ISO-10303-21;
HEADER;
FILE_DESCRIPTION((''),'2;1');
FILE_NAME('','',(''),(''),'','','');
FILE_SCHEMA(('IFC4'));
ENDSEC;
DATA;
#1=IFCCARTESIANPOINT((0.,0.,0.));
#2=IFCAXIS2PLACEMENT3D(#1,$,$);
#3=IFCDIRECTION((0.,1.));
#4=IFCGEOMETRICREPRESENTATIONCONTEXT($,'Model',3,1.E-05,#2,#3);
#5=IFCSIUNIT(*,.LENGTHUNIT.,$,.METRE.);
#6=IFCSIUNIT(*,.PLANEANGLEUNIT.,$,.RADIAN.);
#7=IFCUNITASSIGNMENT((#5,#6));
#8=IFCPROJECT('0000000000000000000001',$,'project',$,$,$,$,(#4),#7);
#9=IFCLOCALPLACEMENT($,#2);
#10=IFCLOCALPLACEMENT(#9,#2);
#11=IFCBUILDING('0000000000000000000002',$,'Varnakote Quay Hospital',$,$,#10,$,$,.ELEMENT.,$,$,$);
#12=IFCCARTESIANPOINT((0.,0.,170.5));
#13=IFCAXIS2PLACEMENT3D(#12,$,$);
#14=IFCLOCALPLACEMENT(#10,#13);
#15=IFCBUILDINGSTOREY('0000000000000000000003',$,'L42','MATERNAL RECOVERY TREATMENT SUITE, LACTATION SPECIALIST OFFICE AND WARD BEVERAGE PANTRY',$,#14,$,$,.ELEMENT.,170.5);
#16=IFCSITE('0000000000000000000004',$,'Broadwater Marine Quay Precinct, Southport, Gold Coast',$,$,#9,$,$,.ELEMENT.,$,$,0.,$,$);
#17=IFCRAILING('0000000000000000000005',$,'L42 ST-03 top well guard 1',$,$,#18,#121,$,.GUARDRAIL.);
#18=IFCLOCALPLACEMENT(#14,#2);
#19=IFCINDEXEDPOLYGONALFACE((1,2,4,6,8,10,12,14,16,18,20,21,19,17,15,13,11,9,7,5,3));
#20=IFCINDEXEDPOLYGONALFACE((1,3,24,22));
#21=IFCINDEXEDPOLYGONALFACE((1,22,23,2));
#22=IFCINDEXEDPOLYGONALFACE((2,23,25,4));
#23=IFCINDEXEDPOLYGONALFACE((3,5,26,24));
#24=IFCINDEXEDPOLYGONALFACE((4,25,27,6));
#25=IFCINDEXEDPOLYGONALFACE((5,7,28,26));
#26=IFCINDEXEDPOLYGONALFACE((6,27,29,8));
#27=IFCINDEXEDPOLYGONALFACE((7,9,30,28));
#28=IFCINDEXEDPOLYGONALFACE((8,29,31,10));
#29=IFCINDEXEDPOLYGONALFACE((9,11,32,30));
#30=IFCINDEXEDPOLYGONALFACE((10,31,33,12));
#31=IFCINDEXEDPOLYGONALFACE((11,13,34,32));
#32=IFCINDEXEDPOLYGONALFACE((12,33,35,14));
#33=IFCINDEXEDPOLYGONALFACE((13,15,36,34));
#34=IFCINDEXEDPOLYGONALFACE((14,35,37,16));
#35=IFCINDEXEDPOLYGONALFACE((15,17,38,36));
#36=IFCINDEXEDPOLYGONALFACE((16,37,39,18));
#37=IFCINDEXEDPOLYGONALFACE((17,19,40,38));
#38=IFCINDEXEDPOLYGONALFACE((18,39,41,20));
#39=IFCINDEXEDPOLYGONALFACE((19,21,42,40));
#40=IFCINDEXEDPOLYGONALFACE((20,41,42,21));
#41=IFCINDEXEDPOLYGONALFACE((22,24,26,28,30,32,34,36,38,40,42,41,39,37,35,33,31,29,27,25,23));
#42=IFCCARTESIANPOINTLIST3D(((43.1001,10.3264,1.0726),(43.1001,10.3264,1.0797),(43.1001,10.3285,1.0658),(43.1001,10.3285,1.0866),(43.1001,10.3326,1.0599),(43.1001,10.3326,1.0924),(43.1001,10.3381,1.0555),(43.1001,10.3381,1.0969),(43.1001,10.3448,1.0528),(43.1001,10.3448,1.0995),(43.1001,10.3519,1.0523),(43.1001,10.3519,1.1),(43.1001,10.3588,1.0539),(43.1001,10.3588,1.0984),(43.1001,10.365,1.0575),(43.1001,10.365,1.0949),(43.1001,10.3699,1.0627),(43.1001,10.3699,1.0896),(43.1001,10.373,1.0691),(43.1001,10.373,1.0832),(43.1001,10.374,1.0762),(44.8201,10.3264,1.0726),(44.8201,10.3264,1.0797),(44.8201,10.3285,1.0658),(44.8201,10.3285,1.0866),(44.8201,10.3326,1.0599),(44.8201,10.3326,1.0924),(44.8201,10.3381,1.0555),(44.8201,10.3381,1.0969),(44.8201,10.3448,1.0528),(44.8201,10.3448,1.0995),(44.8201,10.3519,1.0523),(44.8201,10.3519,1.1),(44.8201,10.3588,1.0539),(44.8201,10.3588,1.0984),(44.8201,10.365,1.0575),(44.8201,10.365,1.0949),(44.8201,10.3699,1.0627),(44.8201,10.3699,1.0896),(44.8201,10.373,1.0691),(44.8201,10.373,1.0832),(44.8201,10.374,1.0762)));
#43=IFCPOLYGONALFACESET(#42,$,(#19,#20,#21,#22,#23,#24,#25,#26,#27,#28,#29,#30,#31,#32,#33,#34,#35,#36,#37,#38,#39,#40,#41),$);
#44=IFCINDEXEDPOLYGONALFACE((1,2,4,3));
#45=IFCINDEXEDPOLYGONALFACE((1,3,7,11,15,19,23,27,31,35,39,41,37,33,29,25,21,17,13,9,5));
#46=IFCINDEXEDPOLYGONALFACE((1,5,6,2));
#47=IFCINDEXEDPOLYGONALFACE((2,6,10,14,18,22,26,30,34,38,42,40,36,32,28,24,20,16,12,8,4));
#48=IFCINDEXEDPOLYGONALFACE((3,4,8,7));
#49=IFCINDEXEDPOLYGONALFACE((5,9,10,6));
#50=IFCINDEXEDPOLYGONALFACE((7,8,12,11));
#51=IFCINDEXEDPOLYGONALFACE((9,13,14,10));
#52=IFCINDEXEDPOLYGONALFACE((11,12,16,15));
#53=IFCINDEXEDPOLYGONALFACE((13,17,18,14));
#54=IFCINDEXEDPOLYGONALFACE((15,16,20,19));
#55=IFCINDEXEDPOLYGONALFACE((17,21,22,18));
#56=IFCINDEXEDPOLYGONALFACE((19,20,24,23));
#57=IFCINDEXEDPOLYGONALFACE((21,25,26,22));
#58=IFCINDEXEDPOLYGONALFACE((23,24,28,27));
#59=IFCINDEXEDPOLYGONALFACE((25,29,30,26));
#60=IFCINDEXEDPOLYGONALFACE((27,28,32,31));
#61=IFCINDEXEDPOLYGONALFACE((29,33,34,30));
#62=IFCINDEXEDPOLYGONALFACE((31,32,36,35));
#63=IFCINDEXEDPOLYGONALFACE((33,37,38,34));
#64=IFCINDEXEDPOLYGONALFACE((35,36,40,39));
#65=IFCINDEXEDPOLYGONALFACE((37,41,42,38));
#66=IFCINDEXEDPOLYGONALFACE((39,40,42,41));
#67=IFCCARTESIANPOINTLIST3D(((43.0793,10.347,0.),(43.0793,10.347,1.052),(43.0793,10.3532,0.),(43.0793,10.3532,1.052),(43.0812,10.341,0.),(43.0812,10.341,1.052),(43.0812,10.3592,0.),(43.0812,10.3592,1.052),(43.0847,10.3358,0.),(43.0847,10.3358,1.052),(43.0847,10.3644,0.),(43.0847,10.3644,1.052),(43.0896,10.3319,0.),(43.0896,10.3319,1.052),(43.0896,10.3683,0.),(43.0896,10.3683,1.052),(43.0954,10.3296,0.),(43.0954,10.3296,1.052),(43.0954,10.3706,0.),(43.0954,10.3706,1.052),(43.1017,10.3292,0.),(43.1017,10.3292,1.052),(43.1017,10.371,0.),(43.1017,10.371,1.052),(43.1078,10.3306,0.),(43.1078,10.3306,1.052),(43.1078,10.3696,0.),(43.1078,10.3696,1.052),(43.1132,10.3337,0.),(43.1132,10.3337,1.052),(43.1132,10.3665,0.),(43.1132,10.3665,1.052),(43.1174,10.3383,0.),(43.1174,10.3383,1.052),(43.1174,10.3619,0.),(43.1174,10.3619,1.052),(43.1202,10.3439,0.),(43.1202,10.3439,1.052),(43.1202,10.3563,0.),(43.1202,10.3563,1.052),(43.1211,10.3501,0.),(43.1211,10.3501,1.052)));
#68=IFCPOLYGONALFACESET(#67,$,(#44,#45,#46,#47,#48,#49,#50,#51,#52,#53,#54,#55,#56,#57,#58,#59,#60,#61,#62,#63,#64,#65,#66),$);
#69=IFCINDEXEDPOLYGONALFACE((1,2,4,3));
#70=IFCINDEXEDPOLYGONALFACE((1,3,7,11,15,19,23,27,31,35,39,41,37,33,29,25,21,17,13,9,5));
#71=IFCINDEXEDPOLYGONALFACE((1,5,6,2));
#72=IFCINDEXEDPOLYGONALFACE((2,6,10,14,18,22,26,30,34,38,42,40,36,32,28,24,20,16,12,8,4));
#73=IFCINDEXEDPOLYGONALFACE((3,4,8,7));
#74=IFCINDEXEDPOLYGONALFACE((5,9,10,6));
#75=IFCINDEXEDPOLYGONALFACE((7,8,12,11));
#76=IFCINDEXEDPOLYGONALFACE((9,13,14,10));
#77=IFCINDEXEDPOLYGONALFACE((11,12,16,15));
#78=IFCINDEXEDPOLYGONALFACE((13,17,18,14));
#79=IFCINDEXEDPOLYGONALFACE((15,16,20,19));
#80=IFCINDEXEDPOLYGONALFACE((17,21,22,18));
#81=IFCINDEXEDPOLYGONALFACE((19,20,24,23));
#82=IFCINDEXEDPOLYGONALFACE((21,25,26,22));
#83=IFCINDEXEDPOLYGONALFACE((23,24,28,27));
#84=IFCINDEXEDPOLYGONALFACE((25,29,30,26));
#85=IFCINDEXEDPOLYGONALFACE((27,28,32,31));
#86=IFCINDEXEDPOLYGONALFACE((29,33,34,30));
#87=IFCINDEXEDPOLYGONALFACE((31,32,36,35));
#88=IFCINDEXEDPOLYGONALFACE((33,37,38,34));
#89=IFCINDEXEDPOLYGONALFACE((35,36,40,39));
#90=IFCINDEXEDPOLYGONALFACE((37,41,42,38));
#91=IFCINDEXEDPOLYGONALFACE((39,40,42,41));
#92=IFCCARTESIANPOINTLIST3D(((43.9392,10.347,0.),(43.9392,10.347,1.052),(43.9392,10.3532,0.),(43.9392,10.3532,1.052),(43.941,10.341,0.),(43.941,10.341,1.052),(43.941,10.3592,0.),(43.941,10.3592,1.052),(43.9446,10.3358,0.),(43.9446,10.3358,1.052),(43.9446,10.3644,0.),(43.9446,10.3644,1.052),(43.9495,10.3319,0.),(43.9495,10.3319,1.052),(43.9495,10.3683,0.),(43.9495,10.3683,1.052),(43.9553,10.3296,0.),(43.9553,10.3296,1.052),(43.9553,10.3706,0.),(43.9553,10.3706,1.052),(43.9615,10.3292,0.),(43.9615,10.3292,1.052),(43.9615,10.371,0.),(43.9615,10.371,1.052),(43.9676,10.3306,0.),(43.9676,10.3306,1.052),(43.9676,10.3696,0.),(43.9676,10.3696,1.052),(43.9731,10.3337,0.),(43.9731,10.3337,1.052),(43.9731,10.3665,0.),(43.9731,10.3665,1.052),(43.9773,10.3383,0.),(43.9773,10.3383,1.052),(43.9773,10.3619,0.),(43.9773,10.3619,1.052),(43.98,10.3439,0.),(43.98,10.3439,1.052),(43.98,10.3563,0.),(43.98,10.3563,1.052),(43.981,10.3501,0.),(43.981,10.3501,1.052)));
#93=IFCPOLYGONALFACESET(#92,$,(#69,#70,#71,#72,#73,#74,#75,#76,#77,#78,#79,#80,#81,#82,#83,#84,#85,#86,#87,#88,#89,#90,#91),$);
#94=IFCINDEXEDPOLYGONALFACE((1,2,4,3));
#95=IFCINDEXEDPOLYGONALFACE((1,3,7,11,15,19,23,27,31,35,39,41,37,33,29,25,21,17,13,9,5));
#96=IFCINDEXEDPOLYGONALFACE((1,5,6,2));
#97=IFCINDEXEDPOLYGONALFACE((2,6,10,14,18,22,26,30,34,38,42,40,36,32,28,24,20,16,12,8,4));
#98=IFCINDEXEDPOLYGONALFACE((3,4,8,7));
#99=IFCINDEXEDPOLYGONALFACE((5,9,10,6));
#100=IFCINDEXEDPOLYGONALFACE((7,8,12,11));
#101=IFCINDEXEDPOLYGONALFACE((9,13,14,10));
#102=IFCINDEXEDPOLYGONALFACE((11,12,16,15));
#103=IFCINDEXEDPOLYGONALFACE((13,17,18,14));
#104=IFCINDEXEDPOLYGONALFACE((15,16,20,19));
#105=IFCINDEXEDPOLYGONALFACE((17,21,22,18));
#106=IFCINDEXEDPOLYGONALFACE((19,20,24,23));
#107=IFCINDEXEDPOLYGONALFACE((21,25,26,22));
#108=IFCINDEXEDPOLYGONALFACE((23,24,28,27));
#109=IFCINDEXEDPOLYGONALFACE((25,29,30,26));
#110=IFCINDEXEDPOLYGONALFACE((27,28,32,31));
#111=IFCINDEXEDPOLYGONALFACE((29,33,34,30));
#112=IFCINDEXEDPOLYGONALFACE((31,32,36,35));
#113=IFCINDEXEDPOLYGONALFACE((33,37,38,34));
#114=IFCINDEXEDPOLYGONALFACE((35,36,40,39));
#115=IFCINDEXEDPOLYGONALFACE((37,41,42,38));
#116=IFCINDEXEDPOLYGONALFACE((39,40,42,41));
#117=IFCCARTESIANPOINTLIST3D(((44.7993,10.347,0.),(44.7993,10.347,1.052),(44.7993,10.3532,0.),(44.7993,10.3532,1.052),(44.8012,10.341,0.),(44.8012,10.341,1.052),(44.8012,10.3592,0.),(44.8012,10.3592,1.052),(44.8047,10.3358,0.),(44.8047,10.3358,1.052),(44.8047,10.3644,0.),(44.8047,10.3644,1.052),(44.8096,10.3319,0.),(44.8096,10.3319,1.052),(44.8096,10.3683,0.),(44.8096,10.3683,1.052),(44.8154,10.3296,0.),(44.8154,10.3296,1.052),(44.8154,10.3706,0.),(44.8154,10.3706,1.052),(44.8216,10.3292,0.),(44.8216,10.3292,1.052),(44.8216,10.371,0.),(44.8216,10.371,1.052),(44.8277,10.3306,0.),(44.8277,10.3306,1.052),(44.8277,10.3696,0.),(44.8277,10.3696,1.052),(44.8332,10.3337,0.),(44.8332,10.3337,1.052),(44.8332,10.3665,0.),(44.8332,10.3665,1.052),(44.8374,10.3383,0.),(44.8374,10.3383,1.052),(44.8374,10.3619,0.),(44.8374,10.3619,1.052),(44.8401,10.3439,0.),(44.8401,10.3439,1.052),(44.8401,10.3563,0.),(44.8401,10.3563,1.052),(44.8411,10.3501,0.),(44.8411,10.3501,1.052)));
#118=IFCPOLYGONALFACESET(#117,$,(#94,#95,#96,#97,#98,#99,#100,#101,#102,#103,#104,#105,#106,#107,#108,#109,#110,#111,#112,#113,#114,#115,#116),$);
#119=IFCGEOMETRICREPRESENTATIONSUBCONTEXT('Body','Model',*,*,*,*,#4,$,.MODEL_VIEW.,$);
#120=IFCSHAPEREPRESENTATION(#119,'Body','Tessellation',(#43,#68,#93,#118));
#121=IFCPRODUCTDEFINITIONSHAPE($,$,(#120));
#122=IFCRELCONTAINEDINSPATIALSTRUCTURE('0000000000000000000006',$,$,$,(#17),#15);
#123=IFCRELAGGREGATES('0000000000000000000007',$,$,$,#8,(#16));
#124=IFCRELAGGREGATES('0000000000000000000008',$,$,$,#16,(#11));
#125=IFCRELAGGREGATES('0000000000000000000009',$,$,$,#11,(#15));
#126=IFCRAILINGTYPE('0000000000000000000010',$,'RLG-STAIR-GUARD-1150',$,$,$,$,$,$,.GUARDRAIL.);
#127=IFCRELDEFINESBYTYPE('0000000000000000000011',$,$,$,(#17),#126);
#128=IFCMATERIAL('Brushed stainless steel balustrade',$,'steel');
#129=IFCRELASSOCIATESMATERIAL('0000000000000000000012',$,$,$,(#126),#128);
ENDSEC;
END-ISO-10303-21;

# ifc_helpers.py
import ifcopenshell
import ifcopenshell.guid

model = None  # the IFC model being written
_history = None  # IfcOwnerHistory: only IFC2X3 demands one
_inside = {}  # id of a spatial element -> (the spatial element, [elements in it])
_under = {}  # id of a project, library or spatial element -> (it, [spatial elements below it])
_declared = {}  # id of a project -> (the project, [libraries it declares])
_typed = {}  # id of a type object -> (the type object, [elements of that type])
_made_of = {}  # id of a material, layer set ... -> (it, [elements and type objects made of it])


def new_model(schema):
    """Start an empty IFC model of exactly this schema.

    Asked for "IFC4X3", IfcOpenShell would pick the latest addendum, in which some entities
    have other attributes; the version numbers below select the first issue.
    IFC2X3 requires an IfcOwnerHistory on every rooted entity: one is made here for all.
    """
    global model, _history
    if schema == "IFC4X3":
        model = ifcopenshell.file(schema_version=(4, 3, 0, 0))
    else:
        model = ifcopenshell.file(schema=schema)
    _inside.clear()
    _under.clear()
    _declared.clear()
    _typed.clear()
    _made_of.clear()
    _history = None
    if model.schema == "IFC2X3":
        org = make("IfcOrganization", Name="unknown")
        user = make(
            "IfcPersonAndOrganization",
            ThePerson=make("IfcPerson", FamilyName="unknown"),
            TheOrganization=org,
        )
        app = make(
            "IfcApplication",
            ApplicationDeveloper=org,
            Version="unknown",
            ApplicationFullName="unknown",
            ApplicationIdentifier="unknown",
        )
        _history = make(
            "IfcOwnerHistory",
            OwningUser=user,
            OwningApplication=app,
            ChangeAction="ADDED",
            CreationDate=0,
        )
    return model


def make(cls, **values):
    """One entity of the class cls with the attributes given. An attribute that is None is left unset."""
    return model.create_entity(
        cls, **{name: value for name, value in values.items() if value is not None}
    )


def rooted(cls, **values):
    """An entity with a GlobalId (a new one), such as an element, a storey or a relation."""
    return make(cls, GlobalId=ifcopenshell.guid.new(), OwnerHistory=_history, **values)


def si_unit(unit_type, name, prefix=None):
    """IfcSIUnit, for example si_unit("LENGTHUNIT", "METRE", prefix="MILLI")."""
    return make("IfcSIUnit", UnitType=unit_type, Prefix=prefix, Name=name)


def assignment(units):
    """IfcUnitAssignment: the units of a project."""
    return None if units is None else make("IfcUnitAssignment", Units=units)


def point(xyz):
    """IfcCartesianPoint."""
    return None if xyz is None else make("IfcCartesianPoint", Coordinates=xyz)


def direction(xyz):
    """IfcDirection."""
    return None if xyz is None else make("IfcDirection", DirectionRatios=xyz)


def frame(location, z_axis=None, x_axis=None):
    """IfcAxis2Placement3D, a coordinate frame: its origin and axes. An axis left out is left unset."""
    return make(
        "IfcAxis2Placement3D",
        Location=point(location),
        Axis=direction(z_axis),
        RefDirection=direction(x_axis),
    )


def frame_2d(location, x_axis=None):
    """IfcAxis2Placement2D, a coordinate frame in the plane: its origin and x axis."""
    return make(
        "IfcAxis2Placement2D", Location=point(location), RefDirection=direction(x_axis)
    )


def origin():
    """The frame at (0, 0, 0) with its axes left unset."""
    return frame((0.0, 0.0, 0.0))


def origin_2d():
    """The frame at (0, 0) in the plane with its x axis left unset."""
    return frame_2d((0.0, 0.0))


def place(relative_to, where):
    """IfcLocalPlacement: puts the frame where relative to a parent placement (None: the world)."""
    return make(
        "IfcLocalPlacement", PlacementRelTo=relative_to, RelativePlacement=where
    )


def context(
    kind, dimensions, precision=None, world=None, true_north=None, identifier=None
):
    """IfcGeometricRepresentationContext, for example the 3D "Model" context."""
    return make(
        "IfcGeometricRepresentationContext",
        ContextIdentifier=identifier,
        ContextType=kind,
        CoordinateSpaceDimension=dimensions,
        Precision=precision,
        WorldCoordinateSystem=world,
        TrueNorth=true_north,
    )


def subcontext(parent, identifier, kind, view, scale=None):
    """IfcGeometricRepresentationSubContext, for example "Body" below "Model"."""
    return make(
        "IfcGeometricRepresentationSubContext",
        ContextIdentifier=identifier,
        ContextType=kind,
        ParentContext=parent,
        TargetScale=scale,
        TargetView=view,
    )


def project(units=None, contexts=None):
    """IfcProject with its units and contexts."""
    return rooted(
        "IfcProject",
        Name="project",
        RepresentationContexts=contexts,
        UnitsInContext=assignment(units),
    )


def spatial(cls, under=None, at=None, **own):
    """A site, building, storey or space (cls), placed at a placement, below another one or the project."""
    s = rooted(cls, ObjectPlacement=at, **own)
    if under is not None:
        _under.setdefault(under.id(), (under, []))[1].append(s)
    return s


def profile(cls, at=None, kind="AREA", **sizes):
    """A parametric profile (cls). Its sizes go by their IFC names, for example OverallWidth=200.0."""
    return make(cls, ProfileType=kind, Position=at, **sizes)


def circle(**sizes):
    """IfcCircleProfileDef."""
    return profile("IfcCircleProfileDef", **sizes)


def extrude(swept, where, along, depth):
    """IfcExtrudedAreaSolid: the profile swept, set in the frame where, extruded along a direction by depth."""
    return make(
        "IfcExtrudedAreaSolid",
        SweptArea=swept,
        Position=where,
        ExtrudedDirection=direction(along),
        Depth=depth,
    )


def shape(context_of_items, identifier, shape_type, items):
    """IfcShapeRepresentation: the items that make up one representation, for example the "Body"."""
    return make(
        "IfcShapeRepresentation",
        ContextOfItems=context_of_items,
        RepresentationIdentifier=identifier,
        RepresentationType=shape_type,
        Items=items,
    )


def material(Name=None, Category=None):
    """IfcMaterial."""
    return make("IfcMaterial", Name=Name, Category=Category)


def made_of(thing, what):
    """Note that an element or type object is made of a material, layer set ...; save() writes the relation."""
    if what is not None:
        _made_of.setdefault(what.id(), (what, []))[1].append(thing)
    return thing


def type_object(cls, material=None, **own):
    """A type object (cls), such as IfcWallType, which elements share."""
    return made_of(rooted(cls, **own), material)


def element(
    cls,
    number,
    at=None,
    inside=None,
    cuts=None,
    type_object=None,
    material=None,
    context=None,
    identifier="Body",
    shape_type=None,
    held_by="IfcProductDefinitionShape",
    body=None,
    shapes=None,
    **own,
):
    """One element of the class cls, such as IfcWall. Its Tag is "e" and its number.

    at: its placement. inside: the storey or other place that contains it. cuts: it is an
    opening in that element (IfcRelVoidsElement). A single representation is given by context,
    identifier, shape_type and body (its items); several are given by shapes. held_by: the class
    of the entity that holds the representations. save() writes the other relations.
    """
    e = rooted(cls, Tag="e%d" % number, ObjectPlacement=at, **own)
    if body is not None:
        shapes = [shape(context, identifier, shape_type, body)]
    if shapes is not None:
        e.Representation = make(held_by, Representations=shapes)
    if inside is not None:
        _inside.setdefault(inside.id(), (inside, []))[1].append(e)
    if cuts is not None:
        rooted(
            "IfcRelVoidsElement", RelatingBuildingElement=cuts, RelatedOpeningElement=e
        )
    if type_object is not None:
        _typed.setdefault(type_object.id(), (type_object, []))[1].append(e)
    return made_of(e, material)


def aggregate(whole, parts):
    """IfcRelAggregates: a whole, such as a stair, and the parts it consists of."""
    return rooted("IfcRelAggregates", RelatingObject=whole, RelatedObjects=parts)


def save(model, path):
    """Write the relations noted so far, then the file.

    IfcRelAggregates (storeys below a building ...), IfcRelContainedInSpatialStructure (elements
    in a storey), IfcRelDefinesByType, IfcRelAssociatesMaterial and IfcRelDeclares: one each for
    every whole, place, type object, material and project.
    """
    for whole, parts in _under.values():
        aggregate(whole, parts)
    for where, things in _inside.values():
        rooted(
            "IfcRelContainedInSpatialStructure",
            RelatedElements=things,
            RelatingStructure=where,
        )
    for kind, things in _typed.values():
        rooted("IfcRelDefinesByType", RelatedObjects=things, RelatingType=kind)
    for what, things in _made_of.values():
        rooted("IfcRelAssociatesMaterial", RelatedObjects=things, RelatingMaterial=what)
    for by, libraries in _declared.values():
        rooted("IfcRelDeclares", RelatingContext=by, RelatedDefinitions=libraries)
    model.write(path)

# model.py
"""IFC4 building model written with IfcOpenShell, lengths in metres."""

from ifc_helpers import new_model, si_unit, direction, frame, origin, origin_2d, place, context, subcontext, project, spatial, circle, extrude, material, type_object, element, save


model = new_model("IFC4")

# Units and contexts
model_context = context("Model", 3, precision=1e-05, world=origin(), true_north=direction((0.0, 1.0)))
body_context = subcontext(model_context, "Body", "Model", "MODEL_VIEW")
ifc_project = project(units=[si_unit("LENGTHUNIT", "METRE"), si_unit("PLANEANGLEUNIT", "RADIAN")], contexts=[model_context])

# Site, building, storey
site_placement = place(None, origin())
site = spatial("IfcSite", under=ifc_project, at=site_placement, Name="Broadwater Marine Quay Precinct, Southport, Gold Coast", CompositionType="ELEMENT", RefElevation=0.0)
building_placement = place(site_placement, origin())
building = spatial("IfcBuilding", under=site, at=building_placement, Name="Varnakote Quay Hospital", CompositionType="ELEMENT")
storey_placement = place(building_placement, frame((0.0, 0.0, 170.5)))
storey = spatial("IfcBuildingStorey", under=building, at=storey_placement, Name="L42", Description="MATERNAL RECOVERY TREATMENT SUITE, LACTATION SPECIALIST OFFICE AND WARD BEVERAGE PANTRY", CompositionType="ELEMENT", Elevation=170.5)

# Railing
ifc_material_1 = material(Name="Brushed stainless steel balustrade", Category="steel")
railing_type_1 = type_object("IfcRailingType", Name="RLG-STAIR-GUARD-1150", PredefinedType="GUARDRAIL", material=ifc_material_1)
railing_1_placement = place(storey_placement, frame((43.1001, 10.3501, 0.0)))
element("IfcRailing", 1, at=railing_1_placement, inside=storey, type_object=railing_type_1, Name="L42 ST-03 top well guard 1", PredefinedType="GUARDRAIL", context=body_context, shape_type="SweptSolid", body=[
    extrude(circle(Radius=0.0239, at=origin_2d()), frame((0.0, 0.0, 1.0762), z_axis=(1.0, 0.0, 0.0), x_axis=(0.0, 1.0, 0.0)), (0.0, 0.0, 1.0), 1.72),
    extrude(circle(Radius=0.021, at=origin_2d()), origin(), (0.0, 0.0, 1.0), 1.052),
    extrude(circle(Radius=0.021, at=origin_2d()), frame((0.8599, 0.0, 0.0)), (0.0, 0.0, 1.0), 1.052),
    extrude(circle(Radius=0.021, at=origin_2d()), frame((1.72, 0.0, 0.0)), (0.0, 0.0, 1.0), 1.052),
])

save(model, "model.ifc")
